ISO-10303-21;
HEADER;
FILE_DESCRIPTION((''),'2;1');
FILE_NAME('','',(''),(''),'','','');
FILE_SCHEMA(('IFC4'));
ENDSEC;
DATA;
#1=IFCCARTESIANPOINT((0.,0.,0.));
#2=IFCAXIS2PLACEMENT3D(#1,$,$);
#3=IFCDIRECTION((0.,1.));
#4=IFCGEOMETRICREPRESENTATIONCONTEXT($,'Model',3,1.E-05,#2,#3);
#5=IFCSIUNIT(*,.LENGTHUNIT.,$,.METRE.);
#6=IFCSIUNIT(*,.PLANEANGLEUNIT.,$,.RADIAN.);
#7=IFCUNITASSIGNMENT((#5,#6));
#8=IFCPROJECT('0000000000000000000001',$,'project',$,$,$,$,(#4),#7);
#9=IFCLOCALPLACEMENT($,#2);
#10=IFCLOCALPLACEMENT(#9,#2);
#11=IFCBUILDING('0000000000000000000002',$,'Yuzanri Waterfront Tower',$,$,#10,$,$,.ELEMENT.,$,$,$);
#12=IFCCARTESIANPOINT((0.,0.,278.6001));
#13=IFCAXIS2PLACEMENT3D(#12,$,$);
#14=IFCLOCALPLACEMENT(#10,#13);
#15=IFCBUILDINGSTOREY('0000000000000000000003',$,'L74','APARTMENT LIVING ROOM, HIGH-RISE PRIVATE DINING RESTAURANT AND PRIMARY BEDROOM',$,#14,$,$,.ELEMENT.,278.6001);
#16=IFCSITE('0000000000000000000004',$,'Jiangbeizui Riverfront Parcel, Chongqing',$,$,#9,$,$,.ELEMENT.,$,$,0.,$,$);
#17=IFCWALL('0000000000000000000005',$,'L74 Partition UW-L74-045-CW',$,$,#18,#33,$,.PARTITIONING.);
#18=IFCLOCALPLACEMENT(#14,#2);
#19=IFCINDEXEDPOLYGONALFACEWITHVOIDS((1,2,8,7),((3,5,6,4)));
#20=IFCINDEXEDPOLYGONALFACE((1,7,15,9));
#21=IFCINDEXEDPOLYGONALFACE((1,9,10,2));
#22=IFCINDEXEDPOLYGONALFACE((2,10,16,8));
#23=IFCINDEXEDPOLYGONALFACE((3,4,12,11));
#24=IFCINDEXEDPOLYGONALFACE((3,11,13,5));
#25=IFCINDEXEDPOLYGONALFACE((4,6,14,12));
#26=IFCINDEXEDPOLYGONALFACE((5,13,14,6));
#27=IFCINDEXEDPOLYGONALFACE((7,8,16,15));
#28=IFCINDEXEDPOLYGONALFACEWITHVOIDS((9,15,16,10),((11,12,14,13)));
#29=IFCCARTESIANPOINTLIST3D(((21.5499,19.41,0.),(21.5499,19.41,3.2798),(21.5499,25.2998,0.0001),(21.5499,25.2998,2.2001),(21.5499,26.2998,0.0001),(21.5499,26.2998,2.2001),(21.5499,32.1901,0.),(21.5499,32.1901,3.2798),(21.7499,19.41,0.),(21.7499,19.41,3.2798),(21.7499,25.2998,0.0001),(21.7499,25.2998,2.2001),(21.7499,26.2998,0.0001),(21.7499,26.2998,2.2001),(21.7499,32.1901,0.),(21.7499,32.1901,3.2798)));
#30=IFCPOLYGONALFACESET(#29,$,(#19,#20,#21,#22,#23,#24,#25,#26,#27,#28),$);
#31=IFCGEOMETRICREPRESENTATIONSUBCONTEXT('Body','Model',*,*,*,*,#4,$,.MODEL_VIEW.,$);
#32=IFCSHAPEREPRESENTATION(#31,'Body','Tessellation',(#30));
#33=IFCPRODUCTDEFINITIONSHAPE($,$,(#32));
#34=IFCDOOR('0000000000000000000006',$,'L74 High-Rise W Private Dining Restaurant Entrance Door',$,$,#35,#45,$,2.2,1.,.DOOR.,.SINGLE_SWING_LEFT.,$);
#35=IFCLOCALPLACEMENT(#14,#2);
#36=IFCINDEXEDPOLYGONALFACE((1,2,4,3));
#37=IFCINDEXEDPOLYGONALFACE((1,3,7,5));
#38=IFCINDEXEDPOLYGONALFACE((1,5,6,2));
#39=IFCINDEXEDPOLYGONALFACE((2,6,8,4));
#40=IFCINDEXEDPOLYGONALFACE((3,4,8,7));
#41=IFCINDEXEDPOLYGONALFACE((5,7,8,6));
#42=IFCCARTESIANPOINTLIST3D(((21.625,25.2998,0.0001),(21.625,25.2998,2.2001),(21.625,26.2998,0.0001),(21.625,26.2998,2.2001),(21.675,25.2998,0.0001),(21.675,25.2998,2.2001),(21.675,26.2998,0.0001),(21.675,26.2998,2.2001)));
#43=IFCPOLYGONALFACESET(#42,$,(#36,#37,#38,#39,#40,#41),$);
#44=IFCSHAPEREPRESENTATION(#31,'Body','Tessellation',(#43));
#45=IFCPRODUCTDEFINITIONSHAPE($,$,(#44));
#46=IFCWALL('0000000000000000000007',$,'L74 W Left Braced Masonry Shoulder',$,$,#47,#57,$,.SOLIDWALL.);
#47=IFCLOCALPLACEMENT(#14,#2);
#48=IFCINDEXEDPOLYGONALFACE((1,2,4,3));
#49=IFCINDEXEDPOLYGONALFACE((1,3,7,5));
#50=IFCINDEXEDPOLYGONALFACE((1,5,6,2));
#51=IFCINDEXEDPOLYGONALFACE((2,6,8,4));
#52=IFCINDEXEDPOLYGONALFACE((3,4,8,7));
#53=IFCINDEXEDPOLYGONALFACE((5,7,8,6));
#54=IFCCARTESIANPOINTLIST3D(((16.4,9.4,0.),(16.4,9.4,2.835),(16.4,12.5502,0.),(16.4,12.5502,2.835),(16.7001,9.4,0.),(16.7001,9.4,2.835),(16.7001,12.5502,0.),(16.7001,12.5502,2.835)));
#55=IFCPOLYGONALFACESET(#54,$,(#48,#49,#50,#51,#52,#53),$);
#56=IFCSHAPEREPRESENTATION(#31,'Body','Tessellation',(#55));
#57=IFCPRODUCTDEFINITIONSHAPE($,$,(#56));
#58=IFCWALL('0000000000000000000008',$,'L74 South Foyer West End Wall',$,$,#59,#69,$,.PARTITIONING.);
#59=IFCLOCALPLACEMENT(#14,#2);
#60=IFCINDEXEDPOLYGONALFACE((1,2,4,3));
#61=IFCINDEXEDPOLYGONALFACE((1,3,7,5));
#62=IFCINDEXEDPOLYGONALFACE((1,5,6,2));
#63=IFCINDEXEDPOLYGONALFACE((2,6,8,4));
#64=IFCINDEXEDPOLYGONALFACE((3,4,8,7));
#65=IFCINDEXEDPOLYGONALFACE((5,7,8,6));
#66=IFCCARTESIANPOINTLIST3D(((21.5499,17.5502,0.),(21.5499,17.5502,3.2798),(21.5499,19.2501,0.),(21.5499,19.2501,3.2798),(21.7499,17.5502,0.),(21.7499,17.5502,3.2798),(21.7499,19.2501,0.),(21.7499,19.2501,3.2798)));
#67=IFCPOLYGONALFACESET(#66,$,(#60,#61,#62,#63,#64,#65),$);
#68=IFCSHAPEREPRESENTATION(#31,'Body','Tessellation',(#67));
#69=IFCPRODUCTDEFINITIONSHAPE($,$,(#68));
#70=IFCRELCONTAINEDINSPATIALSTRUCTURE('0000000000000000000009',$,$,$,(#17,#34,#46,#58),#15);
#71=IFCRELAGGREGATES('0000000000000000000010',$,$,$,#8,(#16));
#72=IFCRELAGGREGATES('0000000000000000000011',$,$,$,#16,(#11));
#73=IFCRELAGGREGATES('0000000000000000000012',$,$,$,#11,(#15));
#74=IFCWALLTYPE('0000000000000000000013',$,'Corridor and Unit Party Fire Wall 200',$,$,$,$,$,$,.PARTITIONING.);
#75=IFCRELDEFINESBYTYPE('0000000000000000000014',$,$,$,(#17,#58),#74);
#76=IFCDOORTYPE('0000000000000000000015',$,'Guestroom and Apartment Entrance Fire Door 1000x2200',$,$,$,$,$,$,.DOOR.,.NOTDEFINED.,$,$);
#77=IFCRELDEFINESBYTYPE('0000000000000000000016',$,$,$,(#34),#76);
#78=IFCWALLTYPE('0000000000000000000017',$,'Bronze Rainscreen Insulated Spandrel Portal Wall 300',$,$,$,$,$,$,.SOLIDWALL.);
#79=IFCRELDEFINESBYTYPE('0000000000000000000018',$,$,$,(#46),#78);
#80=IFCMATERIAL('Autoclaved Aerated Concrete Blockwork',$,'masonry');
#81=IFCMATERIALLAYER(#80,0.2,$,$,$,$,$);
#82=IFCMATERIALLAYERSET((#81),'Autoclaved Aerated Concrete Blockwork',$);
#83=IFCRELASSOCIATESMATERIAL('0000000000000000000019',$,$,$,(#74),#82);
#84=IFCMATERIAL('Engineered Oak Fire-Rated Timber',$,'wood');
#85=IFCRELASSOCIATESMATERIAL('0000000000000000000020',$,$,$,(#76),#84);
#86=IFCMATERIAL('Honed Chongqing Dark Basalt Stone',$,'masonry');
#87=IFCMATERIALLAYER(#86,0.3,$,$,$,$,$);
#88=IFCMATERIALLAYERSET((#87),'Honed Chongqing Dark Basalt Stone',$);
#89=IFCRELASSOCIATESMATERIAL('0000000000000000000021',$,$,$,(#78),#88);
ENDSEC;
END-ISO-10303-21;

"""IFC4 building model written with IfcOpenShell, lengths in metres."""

from ifc_helpers import new_model, si_unit, direction, frame, frame_2d, origin, place, context, subcontext, project, spatial, rectangle, extrude, source, transform, mapped, material, layer, layer_set, type_object, element, fill, save


model = new_model("IFC4")

# Units and contexts
model_context = context("Model", 3, precision=1e-05, world=origin(), true_north=direction((0.0, 1.0)))
body_context = subcontext(model_context, "Body", "Model", "MODEL_VIEW")
ifc_project = project(units=[si_unit("LENGTHUNIT", "METRE"), si_unit("PLANEANGLEUNIT", "RADIAN")], contexts=[model_context])

# Site, building, storey
site_placement = place(None, origin())
site = spatial("IfcSite", under=ifc_project, at=site_placement, Name="Jiangbeizui Riverfront Parcel, Chongqing", CompositionType="ELEMENT", RefElevation=0.0)
building_placement = place(site_placement, origin())
building = spatial("IfcBuilding", under=site, at=building_placement, Name="Yuzanri Waterfront Tower", CompositionType="ELEMENT")
storey_placement = place(building_placement, frame((0.0, 0.0, 278.6001)))
storey = spatial("IfcBuildingStorey", under=building, at=storey_placement, Name="L74", Description="APARTMENT LIVING ROOM, HIGH-RISE PRIVATE DINING RESTAURANT AND PRIMARY BEDROOM", CompositionType="ELEMENT", Elevation=278.6001)

# Wall, opening, door
ifc_material_1 = material(Name="Autoclaved Aerated Concrete Blockwork", Category="masonry")
ifc_layer_1 = layer(ifc_material_1, 0.2)
ifc_layer_set_1 = layer_set([ifc_layer_1], Name="Autoclaved Aerated Concrete Blockwork")
wall_type_1 = type_object("IfcWallType", Name="Corridor and Unit Party Fire Wall 200", PredefinedType="PARTITIONING", material=ifc_layer_set_1)
ifc_material_2 = material(Name="Engineered Oak Fire-Rated Timber", Category="wood")
door_type_1 = type_object("IfcDoorType", Name="Guestroom and Apartment Entrance Fire Door 1000x2200", OperationType="NOTDEFINED", PredefinedType="DOOR", material=ifc_material_2)
shared_shape_1 = source(origin(), body_context, "Body", "SweptSolid", [
    extrude(rectangle(XDim=1.0, YDim=2.2, at=frame_2d((0.5, 1.1001))), frame((0.0, 0.0249, 0.0), z_axis=(0.0, -1.0, 0.0), x_axis=(1.0, 0.0, 0.0)), (0.0, 0.0, 1.0), 0.05),
])
wall_1_placement = place(storey_placement, frame((21.6499, 19.4099, 0.0), z_axis=(0.0, 0.0, 1.0), x_axis=(0.0, 1.0, 0.0)))
wall_1 = element("IfcWall", 1, at=wall_1_placement, inside=storey, type_object=wall_type_1, Name="L74 Partition UW-L74-045-CW", PredefinedType="PARTITIONING", context=body_context, shape_type="SweptSolid", body=[
    extrude(rectangle(XDim=12.78, YDim=0.2, at=frame_2d((6.3901, 0.0))), origin(), (0.0, 0.0, 1.0), 3.2798),
])
opening_1_placement = place(wall_1_placement, frame((5.8899, 0.0, 0.0)))
opening_1 = element("IfcOpeningElement", 2, at=opening_1_placement, cuts=wall_1, PredefinedType="OPENING", context=body_context, shape_type="SweptSolid", body=[
    extrude(rectangle(XDim=1.0, YDim=2.2, at=frame_2d((0.5, 1.1001))), frame((0.0, 0.1147, 0.0), z_axis=(0.0, -1.0, 0.0), x_axis=(1.0, 0.0, 0.0)), (0.0, 0.0, 1.0), 0.2297),
])
door_1_placement = place(opening_1_placement, origin())
door_1 = element("IfcDoor", 3, at=door_1_placement, inside=storey, type_object=door_type_1, Name="L74 High-Rise W Private Dining Restaurant Entrance Door", OperationType="SINGLE_SWING_LEFT", OverallHeight=2.2, OverallWidth=1.0, PredefinedType="DOOR", context=body_context, shape_type="MappedRepresentation", body=[
    mapped(shared_shape_1, transform((0.0, 0.0, 0.0), scale=1.0)),
])
fill(opening_1, door_1)

# Walls
ifc_material_3 = material(Name="Honed Chongqing Dark Basalt Stone", Category="masonry")
ifc_layer_2 = layer(ifc_material_3, 0.3)
ifc_layer_set_2 = layer_set([ifc_layer_2], Name="Honed Chongqing Dark Basalt Stone")
wall_type_2 = type_object("IfcWallType", Name="Bronze Rainscreen Insulated Spandrel Portal Wall 300", PredefinedType="SOLIDWALL", material=ifc_layer_set_2)
shared_shape_2 = source(origin(), body_context, "Body", "SweptSolid", [
    extrude(rectangle(XDim=3.1501, YDim=0.3, at=frame_2d((1.5752, 0.0))), origin(), (0.0, 0.0, 1.0), 2.835),
])
wall_2_placement = place(storey_placement, frame((16.55, 9.3999, 0.0), z_axis=(0.0, 0.0, 1.0), x_axis=(0.0, 1.0, 0.0)))
element("IfcWall", 4, at=wall_2_placement, inside=storey, type_object=wall_type_2, Name="L74 W Left Braced Masonry Shoulder", PredefinedType="SOLIDWALL", context=body_context, shape_type="MappedRepresentation", body=[
    mapped(shared_shape_2, transform((0.0, 0.0, 0.0), scale=1.0)),
])
shared_shape_3 = source(origin(), body_context, "Body", "SweptSolid", [
    extrude(rectangle(XDim=1.7, YDim=0.2, at=frame_2d((0.8501, 0.0))), origin(), (0.0, 0.0, 1.0), 3.2798),
])
wall_3_placement = place(storey_placement, frame((21.6499, 17.55, 0.0), z_axis=(0.0, 0.0, 1.0), x_axis=(0.0, 1.0, 0.0)))
element("IfcWall", 5, at=wall_3_placement, inside=storey, type_object=wall_type_1, Name="L74 South Foyer West End Wall", PredefinedType="PARTITIONING", context=body_context, shape_type="MappedRepresentation", body=[
    mapped(shared_shape_3, transform((0.0, 0.0, 0.0), scale=1.0)),
])

save(model, "model.ifc")
